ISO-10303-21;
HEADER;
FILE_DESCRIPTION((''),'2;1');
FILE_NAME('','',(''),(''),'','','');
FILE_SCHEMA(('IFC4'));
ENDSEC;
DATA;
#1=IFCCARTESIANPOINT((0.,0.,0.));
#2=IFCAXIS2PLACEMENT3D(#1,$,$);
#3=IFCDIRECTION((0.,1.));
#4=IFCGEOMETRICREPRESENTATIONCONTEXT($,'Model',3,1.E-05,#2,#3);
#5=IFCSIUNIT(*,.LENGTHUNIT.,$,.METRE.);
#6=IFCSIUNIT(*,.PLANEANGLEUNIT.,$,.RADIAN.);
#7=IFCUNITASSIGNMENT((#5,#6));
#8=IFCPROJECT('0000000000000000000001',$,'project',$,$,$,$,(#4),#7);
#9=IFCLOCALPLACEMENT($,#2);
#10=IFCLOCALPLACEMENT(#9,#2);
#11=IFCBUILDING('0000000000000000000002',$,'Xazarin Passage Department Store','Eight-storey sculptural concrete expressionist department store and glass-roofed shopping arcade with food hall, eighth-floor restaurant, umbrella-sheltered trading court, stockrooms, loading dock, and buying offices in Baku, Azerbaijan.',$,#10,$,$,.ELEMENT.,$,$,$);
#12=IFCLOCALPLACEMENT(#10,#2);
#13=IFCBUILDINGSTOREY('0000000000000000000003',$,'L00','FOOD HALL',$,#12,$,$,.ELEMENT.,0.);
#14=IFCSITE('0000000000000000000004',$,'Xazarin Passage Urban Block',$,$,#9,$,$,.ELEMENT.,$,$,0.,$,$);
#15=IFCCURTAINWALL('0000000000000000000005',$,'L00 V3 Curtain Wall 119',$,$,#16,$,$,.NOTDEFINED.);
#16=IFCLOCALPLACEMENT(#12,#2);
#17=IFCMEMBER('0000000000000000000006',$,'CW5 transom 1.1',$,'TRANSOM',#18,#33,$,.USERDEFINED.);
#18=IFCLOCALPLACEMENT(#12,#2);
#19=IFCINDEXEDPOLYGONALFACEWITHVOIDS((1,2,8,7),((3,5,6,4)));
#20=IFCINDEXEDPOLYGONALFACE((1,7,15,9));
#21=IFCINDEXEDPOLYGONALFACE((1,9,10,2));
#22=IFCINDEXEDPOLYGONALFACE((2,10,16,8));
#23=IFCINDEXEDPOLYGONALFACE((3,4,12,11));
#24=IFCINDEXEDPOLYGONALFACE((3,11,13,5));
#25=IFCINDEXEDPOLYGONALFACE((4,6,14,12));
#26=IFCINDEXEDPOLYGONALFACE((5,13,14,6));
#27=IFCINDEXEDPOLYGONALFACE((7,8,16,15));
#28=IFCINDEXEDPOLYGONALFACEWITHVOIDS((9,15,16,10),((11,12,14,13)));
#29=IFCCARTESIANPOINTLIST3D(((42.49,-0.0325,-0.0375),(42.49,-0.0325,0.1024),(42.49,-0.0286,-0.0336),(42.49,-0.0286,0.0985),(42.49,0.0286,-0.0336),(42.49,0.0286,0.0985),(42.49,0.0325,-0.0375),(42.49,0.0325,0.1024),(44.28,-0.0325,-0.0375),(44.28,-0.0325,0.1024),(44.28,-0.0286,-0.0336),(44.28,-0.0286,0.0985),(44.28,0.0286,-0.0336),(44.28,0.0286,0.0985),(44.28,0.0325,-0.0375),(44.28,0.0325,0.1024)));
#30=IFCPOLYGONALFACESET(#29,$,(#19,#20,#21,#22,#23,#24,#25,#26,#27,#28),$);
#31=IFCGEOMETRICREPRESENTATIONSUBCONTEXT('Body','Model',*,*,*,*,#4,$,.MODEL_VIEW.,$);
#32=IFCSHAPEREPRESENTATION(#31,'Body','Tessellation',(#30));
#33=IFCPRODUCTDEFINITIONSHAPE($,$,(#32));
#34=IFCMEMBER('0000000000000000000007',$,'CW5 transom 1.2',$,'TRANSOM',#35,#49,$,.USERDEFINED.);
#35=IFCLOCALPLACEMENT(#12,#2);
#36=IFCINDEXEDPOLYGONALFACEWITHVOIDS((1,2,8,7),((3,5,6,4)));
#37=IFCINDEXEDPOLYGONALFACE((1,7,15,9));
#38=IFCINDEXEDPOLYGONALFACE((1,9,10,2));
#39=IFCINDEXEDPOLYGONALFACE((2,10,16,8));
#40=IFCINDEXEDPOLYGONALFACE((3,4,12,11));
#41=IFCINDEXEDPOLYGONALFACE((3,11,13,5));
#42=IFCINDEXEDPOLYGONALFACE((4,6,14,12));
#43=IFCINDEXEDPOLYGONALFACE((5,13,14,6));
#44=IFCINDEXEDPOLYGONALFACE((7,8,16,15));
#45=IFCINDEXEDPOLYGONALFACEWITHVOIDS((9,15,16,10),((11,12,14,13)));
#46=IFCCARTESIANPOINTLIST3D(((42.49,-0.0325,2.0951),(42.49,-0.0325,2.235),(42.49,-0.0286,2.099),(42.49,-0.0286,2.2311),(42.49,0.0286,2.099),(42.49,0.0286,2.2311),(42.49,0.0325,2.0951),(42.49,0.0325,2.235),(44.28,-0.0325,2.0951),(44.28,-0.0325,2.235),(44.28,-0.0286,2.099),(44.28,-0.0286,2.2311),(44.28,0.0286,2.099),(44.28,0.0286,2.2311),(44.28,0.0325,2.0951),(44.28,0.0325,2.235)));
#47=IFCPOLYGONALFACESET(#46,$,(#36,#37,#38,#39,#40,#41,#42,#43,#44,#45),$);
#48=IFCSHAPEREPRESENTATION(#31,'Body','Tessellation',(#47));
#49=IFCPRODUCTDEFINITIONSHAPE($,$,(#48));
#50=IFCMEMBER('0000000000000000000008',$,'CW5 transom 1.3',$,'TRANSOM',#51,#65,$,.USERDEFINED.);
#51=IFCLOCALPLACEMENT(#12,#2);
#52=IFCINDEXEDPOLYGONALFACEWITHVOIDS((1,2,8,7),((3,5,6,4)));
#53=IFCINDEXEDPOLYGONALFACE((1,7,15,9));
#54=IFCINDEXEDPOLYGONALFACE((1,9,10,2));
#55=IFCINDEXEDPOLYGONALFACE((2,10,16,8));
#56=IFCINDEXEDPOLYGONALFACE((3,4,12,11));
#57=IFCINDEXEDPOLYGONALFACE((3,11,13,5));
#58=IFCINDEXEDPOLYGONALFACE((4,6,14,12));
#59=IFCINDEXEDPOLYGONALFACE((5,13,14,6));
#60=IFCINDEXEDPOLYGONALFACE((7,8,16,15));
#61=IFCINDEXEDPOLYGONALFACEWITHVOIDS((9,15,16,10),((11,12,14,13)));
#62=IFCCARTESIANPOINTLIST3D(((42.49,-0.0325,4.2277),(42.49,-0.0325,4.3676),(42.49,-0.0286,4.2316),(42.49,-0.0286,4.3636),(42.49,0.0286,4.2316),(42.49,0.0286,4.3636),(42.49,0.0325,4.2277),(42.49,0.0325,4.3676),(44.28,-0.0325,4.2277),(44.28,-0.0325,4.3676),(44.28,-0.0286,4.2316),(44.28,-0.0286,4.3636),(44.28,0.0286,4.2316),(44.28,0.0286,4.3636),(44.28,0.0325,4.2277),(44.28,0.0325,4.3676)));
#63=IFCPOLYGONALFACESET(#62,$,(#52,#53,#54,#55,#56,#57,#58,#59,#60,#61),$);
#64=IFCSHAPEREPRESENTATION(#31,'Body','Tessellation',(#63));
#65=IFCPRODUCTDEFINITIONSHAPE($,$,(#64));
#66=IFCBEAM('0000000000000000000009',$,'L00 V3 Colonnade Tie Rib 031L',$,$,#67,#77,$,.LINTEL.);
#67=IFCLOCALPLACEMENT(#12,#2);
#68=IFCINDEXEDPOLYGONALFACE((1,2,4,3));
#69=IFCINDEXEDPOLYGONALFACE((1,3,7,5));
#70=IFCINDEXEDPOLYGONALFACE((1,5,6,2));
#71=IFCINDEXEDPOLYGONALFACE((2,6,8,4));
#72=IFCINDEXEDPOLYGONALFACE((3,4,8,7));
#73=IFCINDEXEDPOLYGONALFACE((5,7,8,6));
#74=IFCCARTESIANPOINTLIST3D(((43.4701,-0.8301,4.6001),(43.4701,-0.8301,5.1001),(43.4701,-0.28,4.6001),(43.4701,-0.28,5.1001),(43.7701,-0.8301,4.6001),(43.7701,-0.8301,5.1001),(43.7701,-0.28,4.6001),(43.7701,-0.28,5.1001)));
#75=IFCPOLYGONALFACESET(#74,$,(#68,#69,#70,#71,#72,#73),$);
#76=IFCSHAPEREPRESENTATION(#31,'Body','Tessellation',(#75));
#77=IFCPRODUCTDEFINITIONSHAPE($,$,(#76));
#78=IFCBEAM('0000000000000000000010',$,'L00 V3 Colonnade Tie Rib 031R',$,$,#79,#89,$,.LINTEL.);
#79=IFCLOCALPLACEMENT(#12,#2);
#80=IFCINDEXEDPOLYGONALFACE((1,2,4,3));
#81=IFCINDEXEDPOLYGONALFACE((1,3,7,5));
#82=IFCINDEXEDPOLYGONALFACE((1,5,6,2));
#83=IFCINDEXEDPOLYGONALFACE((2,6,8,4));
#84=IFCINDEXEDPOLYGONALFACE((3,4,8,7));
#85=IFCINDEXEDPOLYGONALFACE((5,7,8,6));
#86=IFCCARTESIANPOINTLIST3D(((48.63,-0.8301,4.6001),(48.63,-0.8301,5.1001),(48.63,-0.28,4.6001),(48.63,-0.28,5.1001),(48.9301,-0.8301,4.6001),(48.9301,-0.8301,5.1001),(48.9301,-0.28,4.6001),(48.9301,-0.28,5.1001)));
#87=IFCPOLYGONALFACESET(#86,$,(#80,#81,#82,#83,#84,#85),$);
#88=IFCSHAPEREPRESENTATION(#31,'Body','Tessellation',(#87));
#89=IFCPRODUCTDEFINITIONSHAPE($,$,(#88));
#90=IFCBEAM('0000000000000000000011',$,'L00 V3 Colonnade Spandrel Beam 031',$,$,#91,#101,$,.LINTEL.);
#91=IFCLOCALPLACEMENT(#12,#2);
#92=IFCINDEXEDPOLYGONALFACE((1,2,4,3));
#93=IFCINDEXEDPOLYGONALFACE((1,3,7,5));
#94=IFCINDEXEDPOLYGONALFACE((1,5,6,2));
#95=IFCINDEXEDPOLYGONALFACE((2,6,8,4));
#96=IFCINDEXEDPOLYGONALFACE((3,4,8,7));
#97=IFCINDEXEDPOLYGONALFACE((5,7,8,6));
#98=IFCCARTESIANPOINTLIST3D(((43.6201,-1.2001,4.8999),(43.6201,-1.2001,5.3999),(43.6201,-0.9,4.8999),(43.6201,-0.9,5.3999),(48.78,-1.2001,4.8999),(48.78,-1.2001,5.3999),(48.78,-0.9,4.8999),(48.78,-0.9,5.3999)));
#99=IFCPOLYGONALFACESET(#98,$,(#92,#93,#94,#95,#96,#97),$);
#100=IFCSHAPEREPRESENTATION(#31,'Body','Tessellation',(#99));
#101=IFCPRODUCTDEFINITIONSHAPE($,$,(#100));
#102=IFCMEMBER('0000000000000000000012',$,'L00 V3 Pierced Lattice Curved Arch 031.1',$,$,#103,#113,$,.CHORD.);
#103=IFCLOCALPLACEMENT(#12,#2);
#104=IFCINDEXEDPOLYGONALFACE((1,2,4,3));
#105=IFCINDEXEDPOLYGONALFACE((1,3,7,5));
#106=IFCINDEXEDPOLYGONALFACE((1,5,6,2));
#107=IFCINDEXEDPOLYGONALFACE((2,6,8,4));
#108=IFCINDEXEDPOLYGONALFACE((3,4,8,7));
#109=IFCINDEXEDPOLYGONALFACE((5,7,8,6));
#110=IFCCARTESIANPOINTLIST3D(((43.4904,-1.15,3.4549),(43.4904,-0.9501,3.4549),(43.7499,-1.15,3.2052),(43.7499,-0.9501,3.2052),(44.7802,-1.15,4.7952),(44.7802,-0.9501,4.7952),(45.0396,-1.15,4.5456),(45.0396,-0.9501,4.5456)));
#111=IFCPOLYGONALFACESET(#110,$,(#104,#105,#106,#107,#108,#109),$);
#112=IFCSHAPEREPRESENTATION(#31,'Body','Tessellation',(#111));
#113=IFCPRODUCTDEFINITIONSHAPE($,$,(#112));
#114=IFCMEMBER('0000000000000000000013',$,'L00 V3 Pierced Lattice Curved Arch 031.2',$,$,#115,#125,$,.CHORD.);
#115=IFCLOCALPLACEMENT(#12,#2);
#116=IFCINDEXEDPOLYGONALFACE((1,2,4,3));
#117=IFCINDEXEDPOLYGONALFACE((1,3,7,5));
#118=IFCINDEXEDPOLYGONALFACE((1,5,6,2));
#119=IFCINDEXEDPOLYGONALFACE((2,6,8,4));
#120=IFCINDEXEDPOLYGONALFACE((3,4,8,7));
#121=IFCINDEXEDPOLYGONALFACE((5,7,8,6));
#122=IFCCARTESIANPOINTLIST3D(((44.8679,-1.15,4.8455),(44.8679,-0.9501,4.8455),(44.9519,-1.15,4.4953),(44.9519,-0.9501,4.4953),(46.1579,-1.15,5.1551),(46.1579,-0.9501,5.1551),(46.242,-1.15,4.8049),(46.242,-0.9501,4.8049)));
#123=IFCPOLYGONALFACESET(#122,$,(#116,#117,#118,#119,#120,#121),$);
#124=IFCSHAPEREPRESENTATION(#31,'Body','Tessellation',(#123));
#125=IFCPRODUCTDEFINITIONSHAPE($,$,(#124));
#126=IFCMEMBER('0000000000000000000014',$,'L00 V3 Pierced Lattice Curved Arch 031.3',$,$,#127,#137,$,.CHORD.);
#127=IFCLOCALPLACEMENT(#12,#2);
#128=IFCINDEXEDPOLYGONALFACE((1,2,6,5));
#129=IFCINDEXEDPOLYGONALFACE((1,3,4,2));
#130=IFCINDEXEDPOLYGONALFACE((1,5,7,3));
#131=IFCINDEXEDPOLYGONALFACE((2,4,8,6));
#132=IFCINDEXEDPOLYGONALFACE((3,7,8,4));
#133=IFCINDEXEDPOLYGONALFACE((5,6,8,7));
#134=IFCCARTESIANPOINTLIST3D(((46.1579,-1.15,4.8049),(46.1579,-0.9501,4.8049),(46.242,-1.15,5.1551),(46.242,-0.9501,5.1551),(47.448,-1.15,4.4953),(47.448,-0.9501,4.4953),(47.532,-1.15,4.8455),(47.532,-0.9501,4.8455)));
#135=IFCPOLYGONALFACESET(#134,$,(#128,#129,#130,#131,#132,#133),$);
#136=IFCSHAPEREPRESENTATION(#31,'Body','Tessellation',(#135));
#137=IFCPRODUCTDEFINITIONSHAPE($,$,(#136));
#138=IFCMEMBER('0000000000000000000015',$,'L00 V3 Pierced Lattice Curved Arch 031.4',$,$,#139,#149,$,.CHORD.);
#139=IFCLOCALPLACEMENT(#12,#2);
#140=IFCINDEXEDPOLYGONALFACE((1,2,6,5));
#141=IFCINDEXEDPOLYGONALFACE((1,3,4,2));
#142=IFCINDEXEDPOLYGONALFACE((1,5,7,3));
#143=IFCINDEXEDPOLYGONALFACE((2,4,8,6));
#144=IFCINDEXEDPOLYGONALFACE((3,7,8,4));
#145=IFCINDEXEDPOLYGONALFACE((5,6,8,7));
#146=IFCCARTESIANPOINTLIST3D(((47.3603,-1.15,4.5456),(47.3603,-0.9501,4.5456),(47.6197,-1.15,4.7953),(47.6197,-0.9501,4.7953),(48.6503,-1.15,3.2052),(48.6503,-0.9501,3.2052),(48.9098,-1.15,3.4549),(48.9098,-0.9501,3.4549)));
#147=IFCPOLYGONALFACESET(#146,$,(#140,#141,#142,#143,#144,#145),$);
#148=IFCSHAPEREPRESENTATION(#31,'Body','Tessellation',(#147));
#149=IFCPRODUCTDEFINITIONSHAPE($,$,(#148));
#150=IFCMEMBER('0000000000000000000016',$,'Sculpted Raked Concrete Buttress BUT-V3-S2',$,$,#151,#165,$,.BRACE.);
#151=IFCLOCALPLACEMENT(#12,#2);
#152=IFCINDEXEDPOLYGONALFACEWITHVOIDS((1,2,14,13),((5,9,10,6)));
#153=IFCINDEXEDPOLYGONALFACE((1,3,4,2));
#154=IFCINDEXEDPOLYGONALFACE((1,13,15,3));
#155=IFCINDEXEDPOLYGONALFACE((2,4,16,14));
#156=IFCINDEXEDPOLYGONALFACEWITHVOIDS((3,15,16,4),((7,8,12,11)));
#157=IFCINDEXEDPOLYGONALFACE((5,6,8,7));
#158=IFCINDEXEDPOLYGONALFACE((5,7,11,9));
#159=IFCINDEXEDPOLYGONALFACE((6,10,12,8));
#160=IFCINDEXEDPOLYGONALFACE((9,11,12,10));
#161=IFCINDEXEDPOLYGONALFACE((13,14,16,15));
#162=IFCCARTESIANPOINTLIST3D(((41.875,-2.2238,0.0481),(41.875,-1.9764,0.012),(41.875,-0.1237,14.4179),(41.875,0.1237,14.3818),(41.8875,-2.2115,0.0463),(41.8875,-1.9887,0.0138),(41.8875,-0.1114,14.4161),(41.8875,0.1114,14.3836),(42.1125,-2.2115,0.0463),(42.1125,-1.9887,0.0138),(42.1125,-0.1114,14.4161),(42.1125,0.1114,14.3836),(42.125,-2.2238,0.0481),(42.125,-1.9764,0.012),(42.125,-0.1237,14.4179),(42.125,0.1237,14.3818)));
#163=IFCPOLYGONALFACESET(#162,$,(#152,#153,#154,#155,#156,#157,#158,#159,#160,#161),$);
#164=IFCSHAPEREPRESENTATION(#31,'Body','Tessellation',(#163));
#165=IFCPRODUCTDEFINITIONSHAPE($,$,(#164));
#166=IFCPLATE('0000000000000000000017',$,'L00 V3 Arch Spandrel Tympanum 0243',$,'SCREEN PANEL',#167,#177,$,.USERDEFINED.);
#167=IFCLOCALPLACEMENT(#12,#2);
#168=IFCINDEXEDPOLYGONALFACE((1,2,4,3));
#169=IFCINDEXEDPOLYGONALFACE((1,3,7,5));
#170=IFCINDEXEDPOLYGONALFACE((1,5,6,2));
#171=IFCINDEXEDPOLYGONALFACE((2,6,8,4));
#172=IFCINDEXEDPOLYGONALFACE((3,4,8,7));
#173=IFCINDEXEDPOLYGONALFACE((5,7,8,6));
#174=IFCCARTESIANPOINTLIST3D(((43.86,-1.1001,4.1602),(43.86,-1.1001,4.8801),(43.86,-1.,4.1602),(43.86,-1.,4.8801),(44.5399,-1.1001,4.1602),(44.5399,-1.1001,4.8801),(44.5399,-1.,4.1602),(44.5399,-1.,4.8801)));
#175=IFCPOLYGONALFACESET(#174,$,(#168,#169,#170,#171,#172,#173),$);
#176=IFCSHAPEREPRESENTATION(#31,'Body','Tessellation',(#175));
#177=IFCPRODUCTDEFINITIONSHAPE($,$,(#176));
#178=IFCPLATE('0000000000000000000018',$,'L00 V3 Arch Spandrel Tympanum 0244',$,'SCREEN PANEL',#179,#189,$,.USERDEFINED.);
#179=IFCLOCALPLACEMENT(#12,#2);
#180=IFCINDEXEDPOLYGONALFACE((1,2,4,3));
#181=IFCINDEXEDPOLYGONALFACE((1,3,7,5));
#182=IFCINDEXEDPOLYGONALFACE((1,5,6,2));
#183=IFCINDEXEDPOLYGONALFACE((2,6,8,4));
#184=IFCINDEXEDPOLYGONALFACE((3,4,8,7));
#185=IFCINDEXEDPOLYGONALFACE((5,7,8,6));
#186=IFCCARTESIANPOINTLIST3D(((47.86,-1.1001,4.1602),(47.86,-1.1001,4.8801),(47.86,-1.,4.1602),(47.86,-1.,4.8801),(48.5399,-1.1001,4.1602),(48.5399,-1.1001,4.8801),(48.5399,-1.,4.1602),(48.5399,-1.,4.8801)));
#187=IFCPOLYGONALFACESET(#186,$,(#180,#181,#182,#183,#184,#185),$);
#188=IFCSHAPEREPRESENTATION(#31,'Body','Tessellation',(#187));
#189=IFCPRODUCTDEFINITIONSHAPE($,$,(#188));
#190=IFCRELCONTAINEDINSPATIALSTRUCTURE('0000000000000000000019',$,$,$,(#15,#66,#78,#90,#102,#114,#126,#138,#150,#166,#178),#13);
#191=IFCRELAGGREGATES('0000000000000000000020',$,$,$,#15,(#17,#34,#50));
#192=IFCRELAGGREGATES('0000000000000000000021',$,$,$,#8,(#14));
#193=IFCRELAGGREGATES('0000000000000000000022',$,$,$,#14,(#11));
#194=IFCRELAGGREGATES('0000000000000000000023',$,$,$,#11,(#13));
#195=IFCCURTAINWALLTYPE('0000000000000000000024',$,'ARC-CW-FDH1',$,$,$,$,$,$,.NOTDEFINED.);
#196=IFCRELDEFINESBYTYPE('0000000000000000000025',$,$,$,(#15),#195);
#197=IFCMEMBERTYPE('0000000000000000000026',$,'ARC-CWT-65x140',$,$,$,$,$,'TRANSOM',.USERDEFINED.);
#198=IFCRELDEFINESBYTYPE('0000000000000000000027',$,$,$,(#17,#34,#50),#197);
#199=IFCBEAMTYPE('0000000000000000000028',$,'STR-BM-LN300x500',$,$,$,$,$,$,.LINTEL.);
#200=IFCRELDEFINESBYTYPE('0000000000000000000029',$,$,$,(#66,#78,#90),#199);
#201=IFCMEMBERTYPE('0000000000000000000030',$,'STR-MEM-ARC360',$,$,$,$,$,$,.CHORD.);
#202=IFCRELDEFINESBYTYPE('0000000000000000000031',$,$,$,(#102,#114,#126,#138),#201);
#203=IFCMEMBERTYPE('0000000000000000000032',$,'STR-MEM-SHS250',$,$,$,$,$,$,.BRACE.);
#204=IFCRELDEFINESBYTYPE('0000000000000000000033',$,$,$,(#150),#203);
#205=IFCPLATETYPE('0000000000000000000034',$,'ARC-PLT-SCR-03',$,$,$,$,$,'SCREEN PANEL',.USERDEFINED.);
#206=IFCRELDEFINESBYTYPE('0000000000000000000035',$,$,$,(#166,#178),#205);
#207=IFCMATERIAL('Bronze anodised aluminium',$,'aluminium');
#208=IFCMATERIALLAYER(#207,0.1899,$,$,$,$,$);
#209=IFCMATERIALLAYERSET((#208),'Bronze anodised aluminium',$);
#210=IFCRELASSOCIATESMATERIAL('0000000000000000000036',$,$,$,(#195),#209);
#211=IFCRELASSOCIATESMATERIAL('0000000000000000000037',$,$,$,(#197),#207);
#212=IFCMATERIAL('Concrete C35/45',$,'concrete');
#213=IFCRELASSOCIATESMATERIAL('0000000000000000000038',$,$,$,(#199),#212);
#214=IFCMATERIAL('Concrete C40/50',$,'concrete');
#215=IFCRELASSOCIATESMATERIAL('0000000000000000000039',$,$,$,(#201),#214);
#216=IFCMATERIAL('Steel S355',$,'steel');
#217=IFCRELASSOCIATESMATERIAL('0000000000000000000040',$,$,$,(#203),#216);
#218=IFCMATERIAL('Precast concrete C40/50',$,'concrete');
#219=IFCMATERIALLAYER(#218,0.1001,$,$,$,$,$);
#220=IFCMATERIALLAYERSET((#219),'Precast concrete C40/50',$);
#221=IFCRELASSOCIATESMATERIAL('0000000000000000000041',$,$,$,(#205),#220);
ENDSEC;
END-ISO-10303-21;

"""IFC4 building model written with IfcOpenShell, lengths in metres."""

from ifc_helpers import new_model, si_unit, direction, frame, origin, origin_2d, place, context, subcontext, project, spatial, rectangle, hollow_rectangle, extrude, material, layer, layer_set, material_profile, profile_set, type_object, element, aggregate, save


model = new_model("IFC4")

# Units and contexts
model_context = context("Model", 3, precision=1e-05, world=origin(), true_north=direction((0.0, 1.0)))
body_context = subcontext(model_context, "Body", "Model", "MODEL_VIEW")
ifc_project = project(units=[si_unit("LENGTHUNIT", "METRE"), si_unit("PLANEANGLEUNIT", "RADIAN")], contexts=[model_context])

# Site, building, storey
site_placement = place(None, origin())
site = spatial("IfcSite", under=ifc_project, at=site_placement, Name="Xazarin Passage Urban Block", CompositionType="ELEMENT", RefElevation=0.0)
building_placement = place(site_placement, origin())
building = spatial("IfcBuilding", under=site, at=building_placement, Name="Xazarin Passage Department Store", Description="Eight-storey sculptural concrete expressionist department store and glass-roofed shopping arcade with food hall, eighth-floor restaurant, umbrella-sheltered trading court, stockrooms, loading dock, and buying offices in Baku, Azerbaijan.", CompositionType="ELEMENT")
storey_placement = place(building_placement, origin())
storey = spatial("IfcBuildingStorey", under=building, at=storey_placement, Name="L00", Description="FOOD HALL", CompositionType="ELEMENT", Elevation=0.0)

# Shared definitions
ifc_material_1 = material(Name="Concrete C35/45", Category="concrete")

# Shared definitions
ifc_material_2 = material(Name="Concrete C40/50", Category="concrete")

# Curtain wall, members
ifc_material_3 = material(Name="Bronze anodised aluminium", Category="aluminium")
ifc_layer_1 = layer(ifc_material_3, 0.1899)
ifc_layer_set_1 = layer_set([ifc_layer_1], Name="Bronze anodised aluminium")
curtain_wall_type = type_object("IfcCurtainWallType", Name="ARC-CW-FDH1", PredefinedType="NOTDEFINED", material=ifc_layer_set_1)
curtain_wall_placement = place(storey_placement, origin())
curtain_wall = element("IfcCurtainWall", 1, at=curtain_wall_placement, inside=storey, type_object=curtain_wall_type, Name="L00 V3 Curtain Wall 119", PredefinedType="NOTDEFINED")
ifc_material_profile_1 = material_profile(ifc_material_3, hollow_rectangle(XDim=0.0649, YDim=0.1399, WallThickness=0.0039, at=origin_2d()), Name="ALU 65x140")
ifc_profile_set_1 = profile_set([ifc_material_profile_1], Name="Bronze anodised aluminium")
member_type_1 = type_object("IfcMemberType", Name="ARC-CWT-65x140", ElementType="TRANSOM", PredefinedType="USERDEFINED", material=ifc_profile_set_1)
member_1_placement = place(storey_placement, frame((42.49, 0.0, 0.0325), z_axis=(1.0, 0.0, 0.0), x_axis=(0.0, 1.0, 0.0)))
member_1 = element("IfcMember", 2, at=member_1_placement, type_object=member_type_1, Name="CW5 transom 1.1", ObjectType="TRANSOM", PredefinedType="USERDEFINED", context=body_context, shape_type="SweptSolid", body=[
    extrude(hollow_rectangle(XDim=0.0649, YDim=0.1399, WallThickness=0.0039, at=origin_2d()), origin(), (0.0, 0.0, 1.0), 1.79),
])
member_2_placement = place(storey_placement, frame((42.49, 0.0, 2.165), z_axis=(1.0, 0.0, 0.0), x_axis=(0.0, 1.0, 0.0)))
member_2 = element("IfcMember", 3, at=member_2_placement, type_object=member_type_1, Name="CW5 transom 1.2", ObjectType="TRANSOM", PredefinedType="USERDEFINED", context=body_context, shape_type="SweptSolid", body=[
    extrude(hollow_rectangle(XDim=0.0649, YDim=0.1399, WallThickness=0.0039, at=origin_2d()), origin(), (0.0, 0.0, 1.0), 1.79),
])
member_3_placement = place(storey_placement, frame((42.49, 0.0, 4.2976), z_axis=(1.0, 0.0, 0.0), x_axis=(0.0, 1.0, 0.0)))
member_3 = element("IfcMember", 4, at=member_3_placement, type_object=member_type_1, Name="CW5 transom 1.3", ObjectType="TRANSOM", PredefinedType="USERDEFINED", context=body_context, shape_type="SweptSolid", body=[
    extrude(hollow_rectangle(XDim=0.0649, YDim=0.1399, WallThickness=0.0039, at=origin_2d()), origin(), (0.0, 0.0, 1.0), 1.79),
])
aggregate(curtain_wall, [member_1, member_2, member_3])

# Beams
ifc_material_profile_2 = material_profile(ifc_material_1, rectangle(XDim=0.3, YDim=0.5, at=origin_2d()), Name="RC 300x500")
ifc_profile_set_2 = profile_set([ifc_material_profile_2], Name="Concrete C35/45")
beam_type = type_object("IfcBeamType", Name="STR-BM-LN300x500", PredefinedType="LINTEL", material=ifc_profile_set_2)
for number, where, z_axis, x_axis, name in (
    (5, (43.6201, -0.28, 4.8501), (0.0, -1.0, 0.0), (1.0, 0.0, 0.0), "L00 V3 Colonnade Tie Rib 031L"),
    (6, (48.78, -0.28, 4.8501), (0.0, -1.0, 0.0), (1.0, 0.0, 0.0), "L00 V3 Colonnade Tie Rib 031R"),
):
    element("IfcBeam", number, at=place(storey_placement, frame(where, z_axis=z_axis, x_axis=x_axis)), inside=storey, type_object=beam_type, Name=name, PredefinedType="LINTEL", context=body_context, shape_type="SweptSolid", body=[
        extrude(rectangle(XDim=0.3, YDim=0.5, at=origin_2d()), origin(), (0.0, 0.0, 1.0), 0.55),
    ])
beam_placement = place(storey_placement, frame((43.6201, -1.05, 5.1499), z_axis=(1.0, 0.0, 0.0), x_axis=(0.0, 1.0, 0.0)))
element("IfcBeam", 7, at=beam_placement, inside=storey, type_object=beam_type, Name="L00 V3 Colonnade Spandrel Beam 031", PredefinedType="LINTEL", context=body_context, shape_type="SweptSolid", body=[
    extrude(rectangle(XDim=0.3, YDim=0.5, at=origin_2d()), origin(), (0.0, 0.0, 1.0), 5.1599),
])

# Members
ifc_material_profile_3 = material_profile(ifc_material_2, rectangle(XDim=0.2, YDim=0.3601, at=origin_2d()), Name="RC 200x360")
ifc_profile_set_3 = profile_set([ifc_material_profile_3], Name="Concrete C40/50")
member_type_2 = type_object("IfcMemberType", Name="STR-MEM-ARC360", PredefinedType="CHORD", material=ifc_profile_set_3)
member_4_placement = place(storey_placement, frame((43.6201, -1.05, 3.3301), z_axis=(0.693392, 0.0, 0.720561), x_axis=(0.0, 1.0, 0.0)))
element("IfcMember", 8, at=member_4_placement, inside=storey, type_object=member_type_2, Name="L00 V3 Pierced Lattice Curved Arch 031.1", PredefinedType="CHORD", context=body_context, shape_type="SweptSolid", body=[
    extrude(rectangle(XDim=0.2, YDim=0.3601, at=origin_2d()), origin(), (0.0, 0.0, 1.0), 1.8601),
])
for number, where, z_axis, x_axis, name in (
    (9, (44.9099, -1.05, 4.6704), (0.972394, 0.0, 0.233345), (0.0, 1.0, 0.0), "L00 V3 Pierced Lattice Curved Arch 031.2"),
    (10, (46.2, -1.05, 4.98), (0.972394, 0.0, -0.233345), (0.0, 1.0, 0.0), "L00 V3 Pierced Lattice Curved Arch 031.3"),
):
    element("IfcMember", number, at=place(storey_placement, frame(where, z_axis=z_axis, x_axis=x_axis)), inside=storey, type_object=member_type_2, Name=name, PredefinedType="CHORD", context=body_context, shape_type="SweptSolid", body=[
        extrude(rectangle(XDim=0.2, YDim=0.3601, at=origin_2d()), origin(), (0.0, 0.0, 1.0), 1.3267),
    ])
member_5_placement = place(storey_placement, frame((47.49, -1.05, 4.6704), z_axis=(0.69346, 0.0, -0.720495), x_axis=(0.0, 1.0, 0.0)))
element("IfcMember", 11, at=member_5_placement, inside=storey, type_object=member_type_2, Name="L00 V3 Pierced Lattice Curved Arch 031.4", PredefinedType="CHORD", context=body_context, shape_type="SweptSolid", body=[
    extrude(rectangle(XDim=0.2, YDim=0.3601, at=origin_2d()), origin(), (0.0, 0.0, 1.0), 1.8604),
])
ifc_material_4 = material(Name="Steel S355", Category="steel")
ifc_material_profile_4 = material_profile(ifc_material_4, hollow_rectangle(XDim=0.25, YDim=0.25, WallThickness=0.0125, at=origin_2d()), Name="SHS 250x250x12.5")
ifc_profile_set_4 = profile_set([ifc_material_profile_4], Name="Steel S355")
member_type_3 = type_object("IfcMemberType", Name="STR-MEM-SHS250", PredefinedType="BRACE", material=ifc_profile_set_4)
member_6_placement = place(storey_placement, frame((42.0, -2.1001, 0.03), z_axis=(0.0, 0.14461, 0.989489), x_axis=(-1.0, 0.0, 0.0)))
element("IfcMember", 12, at=member_6_placement, inside=storey, type_object=member_type_3, Name="Sculpted Raked Concrete Buttress BUT-V3-S2", PredefinedType="BRACE", context=body_context, shape_type="SweptSolid", body=[
    extrude(hollow_rectangle(XDim=0.25, YDim=0.25, WallThickness=0.0125, at=origin_2d()), origin(), (0.0, 0.0, 1.0), 14.5225),
])

# Plates
ifc_material_5 = material(Name="Precast concrete C40/50", Category="concrete")
ifc_layer_2 = layer(ifc_material_5, 0.1001)
ifc_layer_set_2 = layer_set([ifc_layer_2], Name="Precast concrete C40/50")
plate_type = type_object("IfcPlateType", Name="ARC-PLT-SCR-03", ElementType="SCREEN PANEL", PredefinedType="USERDEFINED", material=ifc_layer_set_2)
for number, where, z_axis, x_axis, name in (
    (13, (44.2, -1.05, 4.1602), (0.0, 0.0, 1.0), (1.0, 0.0, 0.0), "L00 V3 Arch Spandrel Tympanum 0243"),
    (14, (48.2, -1.05, 4.1602), (0.0, 0.0, 1.0), (1.0, 0.0, 0.0), "L00 V3 Arch Spandrel Tympanum 0244"),
):
    element("IfcPlate", number, at=place(storey_placement, frame(where, z_axis=z_axis, x_axis=x_axis)), inside=storey, type_object=plate_type, Name=name, ObjectType="SCREEN PANEL", PredefinedType="USERDEFINED", context=body_context, shape_type="SweptSolid", body=[
        extrude(rectangle(XDim=0.6799, YDim=0.1001, at=origin_2d()), origin(), (0.0, 0.0, 1.0), 0.72),
    ])

save(model, "model.ifc")
